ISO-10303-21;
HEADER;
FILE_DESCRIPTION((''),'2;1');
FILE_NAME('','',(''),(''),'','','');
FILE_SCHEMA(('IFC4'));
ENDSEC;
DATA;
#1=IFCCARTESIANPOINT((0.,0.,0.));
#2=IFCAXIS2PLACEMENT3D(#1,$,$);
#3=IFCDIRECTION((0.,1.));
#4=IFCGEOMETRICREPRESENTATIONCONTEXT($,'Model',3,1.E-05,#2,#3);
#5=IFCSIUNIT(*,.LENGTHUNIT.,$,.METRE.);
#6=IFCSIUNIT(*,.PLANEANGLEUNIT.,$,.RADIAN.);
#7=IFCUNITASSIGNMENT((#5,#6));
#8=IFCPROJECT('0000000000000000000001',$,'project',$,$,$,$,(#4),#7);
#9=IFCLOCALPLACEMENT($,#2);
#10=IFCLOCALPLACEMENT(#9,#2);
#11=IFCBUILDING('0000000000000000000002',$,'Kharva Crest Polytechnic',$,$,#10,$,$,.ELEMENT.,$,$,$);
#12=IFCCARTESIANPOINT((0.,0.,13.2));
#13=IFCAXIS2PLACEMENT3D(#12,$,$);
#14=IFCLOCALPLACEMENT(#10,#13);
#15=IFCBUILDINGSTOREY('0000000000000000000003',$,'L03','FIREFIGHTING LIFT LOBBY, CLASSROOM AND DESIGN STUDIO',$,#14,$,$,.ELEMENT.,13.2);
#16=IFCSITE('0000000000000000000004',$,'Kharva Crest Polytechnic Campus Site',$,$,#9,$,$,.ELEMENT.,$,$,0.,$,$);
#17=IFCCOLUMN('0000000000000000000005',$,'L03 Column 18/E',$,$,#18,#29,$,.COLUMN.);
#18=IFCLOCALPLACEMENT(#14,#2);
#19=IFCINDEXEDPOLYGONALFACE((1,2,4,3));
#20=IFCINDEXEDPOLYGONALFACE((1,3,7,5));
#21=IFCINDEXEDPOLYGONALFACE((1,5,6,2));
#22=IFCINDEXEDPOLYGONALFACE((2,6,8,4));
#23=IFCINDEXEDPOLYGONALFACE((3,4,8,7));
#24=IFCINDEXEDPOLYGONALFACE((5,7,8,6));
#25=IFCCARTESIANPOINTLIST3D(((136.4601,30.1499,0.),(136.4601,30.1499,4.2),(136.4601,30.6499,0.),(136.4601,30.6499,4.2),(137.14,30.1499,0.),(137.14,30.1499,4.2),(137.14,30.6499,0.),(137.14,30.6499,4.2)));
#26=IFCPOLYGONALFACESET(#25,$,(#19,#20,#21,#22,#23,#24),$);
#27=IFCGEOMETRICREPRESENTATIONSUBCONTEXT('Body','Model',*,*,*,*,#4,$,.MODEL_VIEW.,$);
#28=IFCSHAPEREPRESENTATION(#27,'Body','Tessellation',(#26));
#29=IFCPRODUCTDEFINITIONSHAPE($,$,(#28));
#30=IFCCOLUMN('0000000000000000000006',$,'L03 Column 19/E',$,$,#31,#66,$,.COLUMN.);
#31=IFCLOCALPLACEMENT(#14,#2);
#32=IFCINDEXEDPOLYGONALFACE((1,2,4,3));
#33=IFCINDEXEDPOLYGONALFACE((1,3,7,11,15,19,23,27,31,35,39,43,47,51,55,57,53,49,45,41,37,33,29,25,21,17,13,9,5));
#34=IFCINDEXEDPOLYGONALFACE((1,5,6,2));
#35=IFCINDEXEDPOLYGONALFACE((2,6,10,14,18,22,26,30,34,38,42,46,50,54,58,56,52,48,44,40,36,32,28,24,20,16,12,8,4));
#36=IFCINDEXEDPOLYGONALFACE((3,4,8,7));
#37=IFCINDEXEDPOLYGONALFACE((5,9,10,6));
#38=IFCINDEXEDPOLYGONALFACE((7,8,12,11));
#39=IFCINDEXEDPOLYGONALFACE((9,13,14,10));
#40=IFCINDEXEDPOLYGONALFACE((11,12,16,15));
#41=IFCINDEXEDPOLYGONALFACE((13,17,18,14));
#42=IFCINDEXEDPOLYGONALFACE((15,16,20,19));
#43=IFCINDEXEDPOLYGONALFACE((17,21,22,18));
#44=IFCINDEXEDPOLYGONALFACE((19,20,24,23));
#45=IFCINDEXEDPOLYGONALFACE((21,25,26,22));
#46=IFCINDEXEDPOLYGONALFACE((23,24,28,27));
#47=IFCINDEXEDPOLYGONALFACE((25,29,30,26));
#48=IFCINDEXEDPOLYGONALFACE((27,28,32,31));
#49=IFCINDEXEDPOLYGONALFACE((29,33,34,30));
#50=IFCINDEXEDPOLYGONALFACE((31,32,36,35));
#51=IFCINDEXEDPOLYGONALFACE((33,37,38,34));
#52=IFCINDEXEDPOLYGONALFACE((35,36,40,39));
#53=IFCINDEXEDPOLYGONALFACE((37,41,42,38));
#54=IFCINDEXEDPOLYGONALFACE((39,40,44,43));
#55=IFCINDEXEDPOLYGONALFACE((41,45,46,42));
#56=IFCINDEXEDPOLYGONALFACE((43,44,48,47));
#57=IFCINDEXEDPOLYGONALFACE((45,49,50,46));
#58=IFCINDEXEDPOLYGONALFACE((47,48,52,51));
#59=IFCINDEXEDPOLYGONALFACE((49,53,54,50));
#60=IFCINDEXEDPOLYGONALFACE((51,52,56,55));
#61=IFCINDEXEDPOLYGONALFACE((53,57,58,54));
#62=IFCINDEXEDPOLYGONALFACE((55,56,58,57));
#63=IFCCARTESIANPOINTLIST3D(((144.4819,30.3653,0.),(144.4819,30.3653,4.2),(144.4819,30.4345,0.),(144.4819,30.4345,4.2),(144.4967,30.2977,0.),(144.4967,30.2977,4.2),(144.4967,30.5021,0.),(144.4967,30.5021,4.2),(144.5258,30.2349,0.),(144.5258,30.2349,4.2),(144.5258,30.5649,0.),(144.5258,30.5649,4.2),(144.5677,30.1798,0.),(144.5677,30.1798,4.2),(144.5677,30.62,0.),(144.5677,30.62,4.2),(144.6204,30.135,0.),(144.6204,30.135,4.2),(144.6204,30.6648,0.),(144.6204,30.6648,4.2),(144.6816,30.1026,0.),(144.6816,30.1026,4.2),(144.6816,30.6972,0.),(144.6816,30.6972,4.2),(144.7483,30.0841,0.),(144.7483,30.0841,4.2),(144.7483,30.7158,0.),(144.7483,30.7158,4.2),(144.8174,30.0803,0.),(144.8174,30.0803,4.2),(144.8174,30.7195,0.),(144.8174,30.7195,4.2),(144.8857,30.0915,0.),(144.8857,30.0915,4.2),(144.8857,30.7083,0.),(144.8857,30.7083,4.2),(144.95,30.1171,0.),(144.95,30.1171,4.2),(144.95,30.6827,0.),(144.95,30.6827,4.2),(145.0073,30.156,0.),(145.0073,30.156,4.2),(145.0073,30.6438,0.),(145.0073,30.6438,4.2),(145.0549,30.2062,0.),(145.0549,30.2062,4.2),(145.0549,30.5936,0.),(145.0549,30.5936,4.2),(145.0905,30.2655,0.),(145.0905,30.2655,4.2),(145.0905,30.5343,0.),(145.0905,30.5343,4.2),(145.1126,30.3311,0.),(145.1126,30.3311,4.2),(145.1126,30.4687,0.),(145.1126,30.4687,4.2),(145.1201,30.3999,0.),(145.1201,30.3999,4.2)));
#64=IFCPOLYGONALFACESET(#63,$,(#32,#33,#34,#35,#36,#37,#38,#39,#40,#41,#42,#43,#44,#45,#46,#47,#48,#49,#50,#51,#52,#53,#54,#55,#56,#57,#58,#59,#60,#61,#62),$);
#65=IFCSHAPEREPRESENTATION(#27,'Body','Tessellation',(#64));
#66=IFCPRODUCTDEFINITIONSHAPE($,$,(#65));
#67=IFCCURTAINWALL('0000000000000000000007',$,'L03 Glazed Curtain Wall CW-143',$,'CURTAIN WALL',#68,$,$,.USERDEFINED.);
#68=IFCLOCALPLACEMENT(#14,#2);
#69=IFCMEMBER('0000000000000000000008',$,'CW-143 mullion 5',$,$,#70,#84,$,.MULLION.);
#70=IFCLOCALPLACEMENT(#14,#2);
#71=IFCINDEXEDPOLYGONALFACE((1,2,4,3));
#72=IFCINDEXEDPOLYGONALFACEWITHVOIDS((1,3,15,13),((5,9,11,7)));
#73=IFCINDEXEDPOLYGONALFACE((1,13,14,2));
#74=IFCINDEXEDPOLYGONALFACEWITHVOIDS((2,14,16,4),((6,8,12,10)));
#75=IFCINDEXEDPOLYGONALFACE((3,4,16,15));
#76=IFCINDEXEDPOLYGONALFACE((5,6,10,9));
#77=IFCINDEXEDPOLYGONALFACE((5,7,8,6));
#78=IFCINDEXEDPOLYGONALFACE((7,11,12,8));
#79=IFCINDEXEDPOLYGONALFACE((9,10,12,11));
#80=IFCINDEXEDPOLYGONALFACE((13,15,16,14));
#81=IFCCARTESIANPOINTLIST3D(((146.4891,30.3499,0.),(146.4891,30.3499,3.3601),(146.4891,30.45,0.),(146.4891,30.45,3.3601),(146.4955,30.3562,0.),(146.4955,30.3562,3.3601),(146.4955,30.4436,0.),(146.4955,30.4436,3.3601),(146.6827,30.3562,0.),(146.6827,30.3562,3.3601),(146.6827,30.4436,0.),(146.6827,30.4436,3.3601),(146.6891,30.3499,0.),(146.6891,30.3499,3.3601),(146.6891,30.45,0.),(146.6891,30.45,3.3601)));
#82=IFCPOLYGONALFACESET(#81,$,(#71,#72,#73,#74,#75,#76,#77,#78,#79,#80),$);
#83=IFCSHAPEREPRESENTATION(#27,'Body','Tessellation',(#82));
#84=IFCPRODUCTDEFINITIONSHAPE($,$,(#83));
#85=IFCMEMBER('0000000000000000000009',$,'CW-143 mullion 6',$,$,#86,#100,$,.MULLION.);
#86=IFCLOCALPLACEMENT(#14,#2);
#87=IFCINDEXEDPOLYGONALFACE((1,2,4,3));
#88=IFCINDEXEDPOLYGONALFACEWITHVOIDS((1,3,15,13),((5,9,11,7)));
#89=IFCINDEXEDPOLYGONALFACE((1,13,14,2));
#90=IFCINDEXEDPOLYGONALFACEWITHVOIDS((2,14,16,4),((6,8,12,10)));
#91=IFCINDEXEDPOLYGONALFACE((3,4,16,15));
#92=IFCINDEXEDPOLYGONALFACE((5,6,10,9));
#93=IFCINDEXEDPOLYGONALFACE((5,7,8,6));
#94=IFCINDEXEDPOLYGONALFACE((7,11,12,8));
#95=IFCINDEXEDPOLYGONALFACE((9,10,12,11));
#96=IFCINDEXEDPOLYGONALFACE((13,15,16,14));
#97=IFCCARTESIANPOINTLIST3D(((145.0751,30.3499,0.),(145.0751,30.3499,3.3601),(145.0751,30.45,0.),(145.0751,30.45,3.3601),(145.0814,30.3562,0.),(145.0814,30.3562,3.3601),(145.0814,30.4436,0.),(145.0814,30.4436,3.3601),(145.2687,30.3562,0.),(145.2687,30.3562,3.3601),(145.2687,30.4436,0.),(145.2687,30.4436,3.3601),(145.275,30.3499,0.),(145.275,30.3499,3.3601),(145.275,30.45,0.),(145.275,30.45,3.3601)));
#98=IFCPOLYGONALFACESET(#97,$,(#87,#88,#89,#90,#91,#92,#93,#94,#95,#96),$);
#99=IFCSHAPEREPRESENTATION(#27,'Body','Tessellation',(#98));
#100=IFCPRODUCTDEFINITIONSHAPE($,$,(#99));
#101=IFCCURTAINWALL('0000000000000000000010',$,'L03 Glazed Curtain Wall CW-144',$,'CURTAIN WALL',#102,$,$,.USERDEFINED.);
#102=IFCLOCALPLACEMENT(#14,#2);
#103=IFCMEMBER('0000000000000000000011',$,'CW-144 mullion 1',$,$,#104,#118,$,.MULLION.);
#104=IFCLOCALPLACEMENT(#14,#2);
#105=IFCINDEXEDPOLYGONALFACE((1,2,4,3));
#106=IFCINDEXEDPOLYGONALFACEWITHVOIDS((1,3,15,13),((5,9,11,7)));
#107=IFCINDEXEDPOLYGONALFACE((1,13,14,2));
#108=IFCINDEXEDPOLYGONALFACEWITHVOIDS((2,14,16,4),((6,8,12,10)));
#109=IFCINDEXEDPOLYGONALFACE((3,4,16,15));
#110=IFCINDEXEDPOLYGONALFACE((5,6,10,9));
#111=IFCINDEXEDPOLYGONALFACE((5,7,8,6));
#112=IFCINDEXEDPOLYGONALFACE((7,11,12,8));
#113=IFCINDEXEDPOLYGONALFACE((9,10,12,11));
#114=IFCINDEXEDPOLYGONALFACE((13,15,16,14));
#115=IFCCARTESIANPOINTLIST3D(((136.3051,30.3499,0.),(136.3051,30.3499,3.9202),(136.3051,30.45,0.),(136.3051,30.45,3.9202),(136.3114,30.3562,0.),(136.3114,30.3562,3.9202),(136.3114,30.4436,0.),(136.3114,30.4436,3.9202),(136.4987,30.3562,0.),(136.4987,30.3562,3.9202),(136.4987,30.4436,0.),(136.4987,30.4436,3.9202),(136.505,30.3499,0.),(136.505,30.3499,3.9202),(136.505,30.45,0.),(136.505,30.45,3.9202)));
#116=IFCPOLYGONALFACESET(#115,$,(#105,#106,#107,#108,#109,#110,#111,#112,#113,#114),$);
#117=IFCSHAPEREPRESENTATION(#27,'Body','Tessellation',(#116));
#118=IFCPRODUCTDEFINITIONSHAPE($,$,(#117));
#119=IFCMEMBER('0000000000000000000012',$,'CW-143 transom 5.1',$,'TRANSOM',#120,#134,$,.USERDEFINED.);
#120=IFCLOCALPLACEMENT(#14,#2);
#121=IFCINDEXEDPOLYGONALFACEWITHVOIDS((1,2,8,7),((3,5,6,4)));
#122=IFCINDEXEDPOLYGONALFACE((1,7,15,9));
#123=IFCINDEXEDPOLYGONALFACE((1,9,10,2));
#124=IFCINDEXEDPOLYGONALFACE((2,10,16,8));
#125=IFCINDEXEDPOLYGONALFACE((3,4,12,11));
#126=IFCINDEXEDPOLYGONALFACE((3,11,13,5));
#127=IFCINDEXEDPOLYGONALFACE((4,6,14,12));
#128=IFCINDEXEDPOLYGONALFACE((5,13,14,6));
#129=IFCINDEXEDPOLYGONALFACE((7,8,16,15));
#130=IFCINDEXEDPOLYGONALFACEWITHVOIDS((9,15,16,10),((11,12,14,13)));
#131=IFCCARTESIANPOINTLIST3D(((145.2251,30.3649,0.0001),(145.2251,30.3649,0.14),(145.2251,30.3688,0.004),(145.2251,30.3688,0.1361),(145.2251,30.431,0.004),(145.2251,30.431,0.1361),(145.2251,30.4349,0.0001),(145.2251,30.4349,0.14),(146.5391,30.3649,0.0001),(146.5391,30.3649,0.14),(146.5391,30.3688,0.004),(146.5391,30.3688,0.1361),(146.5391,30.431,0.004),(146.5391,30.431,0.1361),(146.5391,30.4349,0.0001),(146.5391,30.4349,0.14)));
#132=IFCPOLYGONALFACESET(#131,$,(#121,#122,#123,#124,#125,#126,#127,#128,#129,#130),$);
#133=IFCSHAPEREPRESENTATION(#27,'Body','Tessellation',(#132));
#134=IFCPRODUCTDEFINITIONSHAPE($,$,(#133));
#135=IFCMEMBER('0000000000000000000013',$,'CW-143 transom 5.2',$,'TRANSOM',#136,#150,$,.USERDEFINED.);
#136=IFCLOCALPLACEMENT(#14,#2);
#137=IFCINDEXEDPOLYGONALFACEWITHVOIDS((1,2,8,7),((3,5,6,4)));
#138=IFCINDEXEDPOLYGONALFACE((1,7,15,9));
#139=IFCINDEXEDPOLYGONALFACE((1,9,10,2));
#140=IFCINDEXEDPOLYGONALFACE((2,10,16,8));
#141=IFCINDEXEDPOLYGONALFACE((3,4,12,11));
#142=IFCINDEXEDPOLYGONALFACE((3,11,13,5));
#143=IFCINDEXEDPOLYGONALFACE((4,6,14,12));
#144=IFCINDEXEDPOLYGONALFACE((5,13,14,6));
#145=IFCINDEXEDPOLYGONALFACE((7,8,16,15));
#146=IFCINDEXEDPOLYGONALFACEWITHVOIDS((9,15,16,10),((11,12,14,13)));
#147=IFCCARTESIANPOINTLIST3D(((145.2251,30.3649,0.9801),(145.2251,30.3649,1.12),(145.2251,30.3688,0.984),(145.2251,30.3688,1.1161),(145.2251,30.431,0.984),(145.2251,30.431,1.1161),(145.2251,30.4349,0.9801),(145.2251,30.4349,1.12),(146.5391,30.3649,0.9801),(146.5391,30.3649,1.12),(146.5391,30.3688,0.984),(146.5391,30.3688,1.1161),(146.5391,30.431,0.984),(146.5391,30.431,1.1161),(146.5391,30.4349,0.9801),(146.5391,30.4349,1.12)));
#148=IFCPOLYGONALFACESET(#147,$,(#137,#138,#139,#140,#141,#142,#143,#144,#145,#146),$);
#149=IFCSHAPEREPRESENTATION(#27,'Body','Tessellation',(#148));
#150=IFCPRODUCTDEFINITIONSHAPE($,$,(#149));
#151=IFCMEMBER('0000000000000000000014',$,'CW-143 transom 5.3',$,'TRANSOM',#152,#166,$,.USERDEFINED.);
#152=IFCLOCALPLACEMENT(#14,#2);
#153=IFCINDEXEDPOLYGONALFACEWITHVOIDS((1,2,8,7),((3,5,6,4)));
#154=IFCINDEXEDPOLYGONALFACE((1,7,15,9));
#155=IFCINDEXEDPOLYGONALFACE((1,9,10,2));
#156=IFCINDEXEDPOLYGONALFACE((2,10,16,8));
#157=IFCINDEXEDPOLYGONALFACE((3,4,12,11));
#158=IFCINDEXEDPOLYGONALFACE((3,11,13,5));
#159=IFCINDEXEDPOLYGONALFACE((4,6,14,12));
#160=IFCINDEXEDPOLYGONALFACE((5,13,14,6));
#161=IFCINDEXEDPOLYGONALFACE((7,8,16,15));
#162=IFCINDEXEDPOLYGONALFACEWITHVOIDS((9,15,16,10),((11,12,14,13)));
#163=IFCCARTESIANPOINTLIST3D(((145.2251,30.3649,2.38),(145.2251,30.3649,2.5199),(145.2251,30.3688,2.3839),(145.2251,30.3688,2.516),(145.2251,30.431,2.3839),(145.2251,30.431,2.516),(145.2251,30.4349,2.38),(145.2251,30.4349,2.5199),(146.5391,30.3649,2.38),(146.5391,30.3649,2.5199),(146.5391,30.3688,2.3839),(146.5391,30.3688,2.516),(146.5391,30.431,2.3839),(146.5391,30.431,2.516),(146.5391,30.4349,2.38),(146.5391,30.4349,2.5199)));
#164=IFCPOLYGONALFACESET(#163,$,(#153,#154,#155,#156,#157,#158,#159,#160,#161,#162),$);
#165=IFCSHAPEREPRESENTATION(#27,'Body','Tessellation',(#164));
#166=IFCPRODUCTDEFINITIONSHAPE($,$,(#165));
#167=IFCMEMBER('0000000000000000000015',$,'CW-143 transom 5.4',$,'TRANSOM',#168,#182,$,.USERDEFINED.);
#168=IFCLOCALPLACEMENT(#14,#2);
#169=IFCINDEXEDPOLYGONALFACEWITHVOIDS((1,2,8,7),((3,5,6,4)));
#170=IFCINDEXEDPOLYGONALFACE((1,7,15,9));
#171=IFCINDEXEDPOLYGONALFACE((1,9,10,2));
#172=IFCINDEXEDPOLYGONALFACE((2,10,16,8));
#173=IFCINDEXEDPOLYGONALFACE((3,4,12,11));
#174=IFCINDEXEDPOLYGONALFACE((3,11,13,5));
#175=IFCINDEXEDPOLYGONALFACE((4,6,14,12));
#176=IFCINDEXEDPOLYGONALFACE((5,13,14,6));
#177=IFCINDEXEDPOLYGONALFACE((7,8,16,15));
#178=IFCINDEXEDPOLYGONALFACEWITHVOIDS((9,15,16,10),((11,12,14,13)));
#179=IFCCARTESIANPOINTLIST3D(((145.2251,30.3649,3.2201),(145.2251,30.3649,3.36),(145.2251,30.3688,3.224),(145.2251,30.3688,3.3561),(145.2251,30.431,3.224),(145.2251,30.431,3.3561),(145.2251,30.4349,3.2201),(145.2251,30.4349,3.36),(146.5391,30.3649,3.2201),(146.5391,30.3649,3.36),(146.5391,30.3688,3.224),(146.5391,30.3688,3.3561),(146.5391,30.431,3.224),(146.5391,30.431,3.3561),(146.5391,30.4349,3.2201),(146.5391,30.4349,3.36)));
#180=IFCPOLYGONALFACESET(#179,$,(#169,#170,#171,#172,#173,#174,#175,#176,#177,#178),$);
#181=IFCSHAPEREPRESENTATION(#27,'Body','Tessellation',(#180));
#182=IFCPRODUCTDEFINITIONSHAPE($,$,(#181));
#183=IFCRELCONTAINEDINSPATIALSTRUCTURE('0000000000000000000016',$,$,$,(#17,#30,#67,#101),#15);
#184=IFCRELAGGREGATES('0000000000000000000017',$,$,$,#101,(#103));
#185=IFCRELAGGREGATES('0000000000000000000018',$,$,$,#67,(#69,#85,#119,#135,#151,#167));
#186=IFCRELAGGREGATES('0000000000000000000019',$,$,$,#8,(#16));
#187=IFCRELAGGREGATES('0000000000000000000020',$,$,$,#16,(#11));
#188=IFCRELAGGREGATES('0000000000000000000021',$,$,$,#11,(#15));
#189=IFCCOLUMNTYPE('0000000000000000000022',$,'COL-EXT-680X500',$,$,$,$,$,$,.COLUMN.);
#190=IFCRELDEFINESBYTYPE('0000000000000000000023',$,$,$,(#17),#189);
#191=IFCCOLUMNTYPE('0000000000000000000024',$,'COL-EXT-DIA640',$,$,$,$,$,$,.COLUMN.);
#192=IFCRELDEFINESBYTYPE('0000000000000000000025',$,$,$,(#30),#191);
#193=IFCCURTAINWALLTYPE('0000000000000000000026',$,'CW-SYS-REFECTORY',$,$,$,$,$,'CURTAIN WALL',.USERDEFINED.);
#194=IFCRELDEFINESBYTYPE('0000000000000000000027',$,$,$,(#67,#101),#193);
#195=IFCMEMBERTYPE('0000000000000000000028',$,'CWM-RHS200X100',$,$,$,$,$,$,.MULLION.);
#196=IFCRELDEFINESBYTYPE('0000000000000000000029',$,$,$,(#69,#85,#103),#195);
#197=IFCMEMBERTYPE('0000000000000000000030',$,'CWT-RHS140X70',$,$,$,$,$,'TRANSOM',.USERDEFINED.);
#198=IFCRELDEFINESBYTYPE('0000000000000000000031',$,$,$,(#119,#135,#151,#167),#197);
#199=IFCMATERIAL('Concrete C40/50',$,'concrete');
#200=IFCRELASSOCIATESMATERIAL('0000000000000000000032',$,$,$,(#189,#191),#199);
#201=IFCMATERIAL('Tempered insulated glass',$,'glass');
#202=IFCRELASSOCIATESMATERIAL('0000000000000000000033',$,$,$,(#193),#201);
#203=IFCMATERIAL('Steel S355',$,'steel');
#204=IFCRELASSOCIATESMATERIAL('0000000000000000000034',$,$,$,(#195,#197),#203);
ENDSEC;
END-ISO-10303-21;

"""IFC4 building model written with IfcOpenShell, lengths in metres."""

from ifc_helpers import new_model, si_unit, direction, frame, origin, origin_2d, place, context, subcontext, project, spatial, rectangle, hollow_rectangle, circle, extrude, material, material_profile, profile_set, type_object, element, aggregate, save


model = new_model("IFC4")

# Units and contexts
model_context = context("Model", 3, precision=1e-05, world=origin(), true_north=direction((0.0, 1.0)))
body_context = subcontext(model_context, "Body", "Model", "MODEL_VIEW")
ifc_project = project(units=[si_unit("LENGTHUNIT", "METRE"), si_unit("PLANEANGLEUNIT", "RADIAN")], contexts=[model_context])

# Site, building, storey
site_placement = place(None, origin())
site = spatial("IfcSite", under=ifc_project, at=site_placement, Name="Kharva Crest Polytechnic Campus Site", CompositionType="ELEMENT", RefElevation=0.0)
building_placement = place(site_placement, origin())
building = spatial("IfcBuilding", under=site, at=building_placement, Name="Kharva Crest Polytechnic", CompositionType="ELEMENT")
storey_placement = place(building_placement, frame((0.0, 0.0, 13.2)))
storey = spatial("IfcBuildingStorey", under=building, at=storey_placement, Name="L03", Description="FIREFIGHTING LIFT LOBBY, CLASSROOM AND DESIGN STUDIO", CompositionType="ELEMENT", Elevation=13.2)

# Columns
ifc_material_1 = material(Name="Concrete C40/50", Category="concrete")
ifc_material_profile_1 = material_profile(ifc_material_1, rectangle(XDim=0.6799, YDim=0.5, at=origin_2d()), Name="RECT 680 X 500")
ifc_profile_set_1 = profile_set([ifc_material_profile_1], Name="Concrete C40/50")
column_type_1 = type_object("IfcColumnType", Name="COL-EXT-680X500", PredefinedType="COLUMN", material=ifc_profile_set_1)
column_1_placement = place(storey_placement, frame((136.8, 30.3999, 0.0), z_axis=(0.0, 0.0, 1.0), x_axis=(1.0, 0.0, 0.0)))
element("IfcColumn", 1, at=column_1_placement, inside=storey, type_object=column_type_1, Name="L03 Column 18/E", PredefinedType="COLUMN", context=body_context, shape_type="SweptSolid", body=[
    extrude(rectangle(XDim=0.6799, YDim=0.5, at=origin_2d()), origin(), (0.0, 0.0, 1.0), 4.2),
])
ifc_material_profile_2 = material_profile(ifc_material_1, circle(Radius=0.3201, at=origin_2d()), Name="DIA 640")
ifc_profile_set_2 = profile_set([ifc_material_profile_2], Name="Concrete C40/50")
column_type_2 = type_object("IfcColumnType", Name="COL-EXT-DIA640", PredefinedType="COLUMN", material=ifc_profile_set_2)
column_2_placement = place(storey_placement, frame((144.8, 30.3999, 0.0), z_axis=(0.0, 0.0, 1.0), x_axis=(1.0, 0.0, 0.0)))
element("IfcColumn", 2, at=column_2_placement, inside=storey, type_object=column_type_2, Name="L03 Column 19/E", PredefinedType="COLUMN", context=body_context, shape_type="SweptSolid", body=[
    extrude(circle(Radius=0.3201, at=origin_2d()), origin(), (0.0, 0.0, 1.0), 4.2),
])

# Curtain wall, members
ifc_material_2 = material(Name="Tempered insulated glass", Category="glass")
curtain_wall_type = type_object("IfcCurtainWallType", Name="CW-SYS-REFECTORY", ElementType="CURTAIN WALL", PredefinedType="USERDEFINED", material=ifc_material_2)
curtain_wall_1_placement = place(storey_placement, origin())
curtain_wall_1 = element("IfcCurtainWall", 3, at=curtain_wall_1_placement, inside=storey, type_object=curtain_wall_type, Name="L03 Glazed Curtain Wall CW-143", ObjectType="CURTAIN WALL", PredefinedType="USERDEFINED")
ifc_material_3 = material(Name="Steel S355", Category="steel")
ifc_material_profile_3 = material_profile(ifc_material_3, hollow_rectangle(XDim=0.1001, YDim=0.2, WallThickness=0.0063, at=origin_2d()), Name="RHS 200X100X6.3")
ifc_profile_set_3 = profile_set([ifc_material_profile_3], Name="Steel S355")
member_type_1 = type_object("IfcMemberType", Name="CWM-RHS200X100", PredefinedType="MULLION", material=ifc_profile_set_3)
member_1_placement = place(storey_placement, frame((146.5891, 30.3999, 0.0), z_axis=(0.0, 0.0, 1.0), x_axis=(0.0, -1.0, 0.0)))
member_1 = element("IfcMember", 4, at=member_1_placement, type_object=member_type_1, Name="CW-143 mullion 5", PredefinedType="MULLION", context=body_context, shape_type="SweptSolid", body=[
    extrude(hollow_rectangle(XDim=0.1001, YDim=0.2, WallThickness=0.0063, at=origin_2d()), origin(), (0.0, 0.0, 1.0), 3.3601),
])
member_2_placement = place(storey_placement, frame((145.175, 30.3999, 0.0), z_axis=(0.0, 0.0, 1.0), x_axis=(0.0, -1.0, 0.0)))
member_2 = element("IfcMember", 5, at=member_2_placement, type_object=member_type_1, Name="CW-143 mullion 6", PredefinedType="MULLION", context=body_context, shape_type="SweptSolid", body=[
    extrude(hollow_rectangle(XDim=0.1001, YDim=0.2, WallThickness=0.0063, at=origin_2d()), origin(), (0.0, 0.0, 1.0), 3.3601),
])

# Curtain wall, member
curtain_wall_2_placement = place(storey_placement, origin())
curtain_wall_2 = element("IfcCurtainWall", 6, at=curtain_wall_2_placement, inside=storey, type_object=curtain_wall_type, Name="L03 Glazed Curtain Wall CW-144", ObjectType="CURTAIN WALL", PredefinedType="USERDEFINED")
member_3_placement = place(storey_placement, frame((136.405, 30.3999, 0.0), z_axis=(0.0, 0.0, 1.0), x_axis=(0.0, -1.0, 0.0)))
member_3 = element("IfcMember", 7, at=member_3_placement, type_object=member_type_1, Name="CW-144 mullion 1", PredefinedType="MULLION", context=body_context, shape_type="SweptSolid", body=[
    extrude(hollow_rectangle(XDim=0.1001, YDim=0.2, WallThickness=0.0063, at=origin_2d()), origin(), (0.0, 0.0, 1.0), 3.9202),
])

# Members
ifc_material_profile_4 = material_profile(ifc_material_3, hollow_rectangle(XDim=0.0701, YDim=0.1399, WallThickness=0.0039, at=origin_2d()), Name="RHS 140X70X4.0")
ifc_profile_set_4 = profile_set([ifc_material_profile_4], Name="Steel S355")
member_type_2 = type_object("IfcMemberType", Name="CWT-RHS140X70", ElementType="TRANSOM", PredefinedType="USERDEFINED", material=ifc_profile_set_4)
member_4_placement = place(storey_placement, frame((146.5391, 30.3999, 0.0701), z_axis=(-1.0, 0.0, 0.0), x_axis=(0.0, -1.0, 0.0)))
member_4 = element("IfcMember", 8, at=member_4_placement, type_object=member_type_2, Name="CW-143 transom 5.1", ObjectType="TRANSOM", PredefinedType="USERDEFINED", context=body_context, shape_type="SweptSolid", body=[
    extrude(hollow_rectangle(XDim=0.0701, YDim=0.1399, WallThickness=0.0039, at=origin_2d()), origin(), (0.0, 0.0, 1.0), 1.314),
])
member_5_placement = place(storey_placement, frame((146.5391, 30.3999, 1.05), z_axis=(-1.0, 0.0, 0.0), x_axis=(0.0, -1.0, 0.0)))
member_5 = element("IfcMember", 9, at=member_5_placement, type_object=member_type_2, Name="CW-143 transom 5.2", ObjectType="TRANSOM", PredefinedType="USERDEFINED", context=body_context, shape_type="SweptSolid", body=[
    extrude(hollow_rectangle(XDim=0.0701, YDim=0.1399, WallThickness=0.0039, at=origin_2d()), origin(), (0.0, 0.0, 1.0), 1.314),
])
member_6_placement = place(storey_placement, frame((146.5391, 30.3999, 2.45), z_axis=(-1.0, 0.0, 0.0), x_axis=(0.0, -1.0, 0.0)))
member_6 = element("IfcMember", 10, at=member_6_placement, type_object=member_type_2, Name="CW-143 transom 5.3", ObjectType="TRANSOM", PredefinedType="USERDEFINED", context=body_context, shape_type="SweptSolid", body=[
    extrude(hollow_rectangle(XDim=0.0701, YDim=0.1399, WallThickness=0.0039, at=origin_2d()), origin(), (0.0, 0.0, 1.0), 1.314),
])
member_7_placement = place(storey_placement, frame((146.5391, 30.3999, 3.29), z_axis=(-1.0, 0.0, 0.0), x_axis=(0.0, -1.0, 0.0)))
member_7 = element("IfcMember", 11, at=member_7_placement, type_object=member_type_2, Name="CW-143 transom 5.4", ObjectType="TRANSOM", PredefinedType="USERDEFINED", context=body_context, shape_type="SweptSolid", body=[
    extrude(hollow_rectangle(XDim=0.0701, YDim=0.1399, WallThickness=0.0039, at=origin_2d()), origin(), (0.0, 0.0, 1.0), 1.314),
])
aggregate(curtain_wall_2, [member_3])

aggregate(curtain_wall_1, [member_1, member_2, member_4, member_5, member_6, member_7])

save(model, "model.ifc")
